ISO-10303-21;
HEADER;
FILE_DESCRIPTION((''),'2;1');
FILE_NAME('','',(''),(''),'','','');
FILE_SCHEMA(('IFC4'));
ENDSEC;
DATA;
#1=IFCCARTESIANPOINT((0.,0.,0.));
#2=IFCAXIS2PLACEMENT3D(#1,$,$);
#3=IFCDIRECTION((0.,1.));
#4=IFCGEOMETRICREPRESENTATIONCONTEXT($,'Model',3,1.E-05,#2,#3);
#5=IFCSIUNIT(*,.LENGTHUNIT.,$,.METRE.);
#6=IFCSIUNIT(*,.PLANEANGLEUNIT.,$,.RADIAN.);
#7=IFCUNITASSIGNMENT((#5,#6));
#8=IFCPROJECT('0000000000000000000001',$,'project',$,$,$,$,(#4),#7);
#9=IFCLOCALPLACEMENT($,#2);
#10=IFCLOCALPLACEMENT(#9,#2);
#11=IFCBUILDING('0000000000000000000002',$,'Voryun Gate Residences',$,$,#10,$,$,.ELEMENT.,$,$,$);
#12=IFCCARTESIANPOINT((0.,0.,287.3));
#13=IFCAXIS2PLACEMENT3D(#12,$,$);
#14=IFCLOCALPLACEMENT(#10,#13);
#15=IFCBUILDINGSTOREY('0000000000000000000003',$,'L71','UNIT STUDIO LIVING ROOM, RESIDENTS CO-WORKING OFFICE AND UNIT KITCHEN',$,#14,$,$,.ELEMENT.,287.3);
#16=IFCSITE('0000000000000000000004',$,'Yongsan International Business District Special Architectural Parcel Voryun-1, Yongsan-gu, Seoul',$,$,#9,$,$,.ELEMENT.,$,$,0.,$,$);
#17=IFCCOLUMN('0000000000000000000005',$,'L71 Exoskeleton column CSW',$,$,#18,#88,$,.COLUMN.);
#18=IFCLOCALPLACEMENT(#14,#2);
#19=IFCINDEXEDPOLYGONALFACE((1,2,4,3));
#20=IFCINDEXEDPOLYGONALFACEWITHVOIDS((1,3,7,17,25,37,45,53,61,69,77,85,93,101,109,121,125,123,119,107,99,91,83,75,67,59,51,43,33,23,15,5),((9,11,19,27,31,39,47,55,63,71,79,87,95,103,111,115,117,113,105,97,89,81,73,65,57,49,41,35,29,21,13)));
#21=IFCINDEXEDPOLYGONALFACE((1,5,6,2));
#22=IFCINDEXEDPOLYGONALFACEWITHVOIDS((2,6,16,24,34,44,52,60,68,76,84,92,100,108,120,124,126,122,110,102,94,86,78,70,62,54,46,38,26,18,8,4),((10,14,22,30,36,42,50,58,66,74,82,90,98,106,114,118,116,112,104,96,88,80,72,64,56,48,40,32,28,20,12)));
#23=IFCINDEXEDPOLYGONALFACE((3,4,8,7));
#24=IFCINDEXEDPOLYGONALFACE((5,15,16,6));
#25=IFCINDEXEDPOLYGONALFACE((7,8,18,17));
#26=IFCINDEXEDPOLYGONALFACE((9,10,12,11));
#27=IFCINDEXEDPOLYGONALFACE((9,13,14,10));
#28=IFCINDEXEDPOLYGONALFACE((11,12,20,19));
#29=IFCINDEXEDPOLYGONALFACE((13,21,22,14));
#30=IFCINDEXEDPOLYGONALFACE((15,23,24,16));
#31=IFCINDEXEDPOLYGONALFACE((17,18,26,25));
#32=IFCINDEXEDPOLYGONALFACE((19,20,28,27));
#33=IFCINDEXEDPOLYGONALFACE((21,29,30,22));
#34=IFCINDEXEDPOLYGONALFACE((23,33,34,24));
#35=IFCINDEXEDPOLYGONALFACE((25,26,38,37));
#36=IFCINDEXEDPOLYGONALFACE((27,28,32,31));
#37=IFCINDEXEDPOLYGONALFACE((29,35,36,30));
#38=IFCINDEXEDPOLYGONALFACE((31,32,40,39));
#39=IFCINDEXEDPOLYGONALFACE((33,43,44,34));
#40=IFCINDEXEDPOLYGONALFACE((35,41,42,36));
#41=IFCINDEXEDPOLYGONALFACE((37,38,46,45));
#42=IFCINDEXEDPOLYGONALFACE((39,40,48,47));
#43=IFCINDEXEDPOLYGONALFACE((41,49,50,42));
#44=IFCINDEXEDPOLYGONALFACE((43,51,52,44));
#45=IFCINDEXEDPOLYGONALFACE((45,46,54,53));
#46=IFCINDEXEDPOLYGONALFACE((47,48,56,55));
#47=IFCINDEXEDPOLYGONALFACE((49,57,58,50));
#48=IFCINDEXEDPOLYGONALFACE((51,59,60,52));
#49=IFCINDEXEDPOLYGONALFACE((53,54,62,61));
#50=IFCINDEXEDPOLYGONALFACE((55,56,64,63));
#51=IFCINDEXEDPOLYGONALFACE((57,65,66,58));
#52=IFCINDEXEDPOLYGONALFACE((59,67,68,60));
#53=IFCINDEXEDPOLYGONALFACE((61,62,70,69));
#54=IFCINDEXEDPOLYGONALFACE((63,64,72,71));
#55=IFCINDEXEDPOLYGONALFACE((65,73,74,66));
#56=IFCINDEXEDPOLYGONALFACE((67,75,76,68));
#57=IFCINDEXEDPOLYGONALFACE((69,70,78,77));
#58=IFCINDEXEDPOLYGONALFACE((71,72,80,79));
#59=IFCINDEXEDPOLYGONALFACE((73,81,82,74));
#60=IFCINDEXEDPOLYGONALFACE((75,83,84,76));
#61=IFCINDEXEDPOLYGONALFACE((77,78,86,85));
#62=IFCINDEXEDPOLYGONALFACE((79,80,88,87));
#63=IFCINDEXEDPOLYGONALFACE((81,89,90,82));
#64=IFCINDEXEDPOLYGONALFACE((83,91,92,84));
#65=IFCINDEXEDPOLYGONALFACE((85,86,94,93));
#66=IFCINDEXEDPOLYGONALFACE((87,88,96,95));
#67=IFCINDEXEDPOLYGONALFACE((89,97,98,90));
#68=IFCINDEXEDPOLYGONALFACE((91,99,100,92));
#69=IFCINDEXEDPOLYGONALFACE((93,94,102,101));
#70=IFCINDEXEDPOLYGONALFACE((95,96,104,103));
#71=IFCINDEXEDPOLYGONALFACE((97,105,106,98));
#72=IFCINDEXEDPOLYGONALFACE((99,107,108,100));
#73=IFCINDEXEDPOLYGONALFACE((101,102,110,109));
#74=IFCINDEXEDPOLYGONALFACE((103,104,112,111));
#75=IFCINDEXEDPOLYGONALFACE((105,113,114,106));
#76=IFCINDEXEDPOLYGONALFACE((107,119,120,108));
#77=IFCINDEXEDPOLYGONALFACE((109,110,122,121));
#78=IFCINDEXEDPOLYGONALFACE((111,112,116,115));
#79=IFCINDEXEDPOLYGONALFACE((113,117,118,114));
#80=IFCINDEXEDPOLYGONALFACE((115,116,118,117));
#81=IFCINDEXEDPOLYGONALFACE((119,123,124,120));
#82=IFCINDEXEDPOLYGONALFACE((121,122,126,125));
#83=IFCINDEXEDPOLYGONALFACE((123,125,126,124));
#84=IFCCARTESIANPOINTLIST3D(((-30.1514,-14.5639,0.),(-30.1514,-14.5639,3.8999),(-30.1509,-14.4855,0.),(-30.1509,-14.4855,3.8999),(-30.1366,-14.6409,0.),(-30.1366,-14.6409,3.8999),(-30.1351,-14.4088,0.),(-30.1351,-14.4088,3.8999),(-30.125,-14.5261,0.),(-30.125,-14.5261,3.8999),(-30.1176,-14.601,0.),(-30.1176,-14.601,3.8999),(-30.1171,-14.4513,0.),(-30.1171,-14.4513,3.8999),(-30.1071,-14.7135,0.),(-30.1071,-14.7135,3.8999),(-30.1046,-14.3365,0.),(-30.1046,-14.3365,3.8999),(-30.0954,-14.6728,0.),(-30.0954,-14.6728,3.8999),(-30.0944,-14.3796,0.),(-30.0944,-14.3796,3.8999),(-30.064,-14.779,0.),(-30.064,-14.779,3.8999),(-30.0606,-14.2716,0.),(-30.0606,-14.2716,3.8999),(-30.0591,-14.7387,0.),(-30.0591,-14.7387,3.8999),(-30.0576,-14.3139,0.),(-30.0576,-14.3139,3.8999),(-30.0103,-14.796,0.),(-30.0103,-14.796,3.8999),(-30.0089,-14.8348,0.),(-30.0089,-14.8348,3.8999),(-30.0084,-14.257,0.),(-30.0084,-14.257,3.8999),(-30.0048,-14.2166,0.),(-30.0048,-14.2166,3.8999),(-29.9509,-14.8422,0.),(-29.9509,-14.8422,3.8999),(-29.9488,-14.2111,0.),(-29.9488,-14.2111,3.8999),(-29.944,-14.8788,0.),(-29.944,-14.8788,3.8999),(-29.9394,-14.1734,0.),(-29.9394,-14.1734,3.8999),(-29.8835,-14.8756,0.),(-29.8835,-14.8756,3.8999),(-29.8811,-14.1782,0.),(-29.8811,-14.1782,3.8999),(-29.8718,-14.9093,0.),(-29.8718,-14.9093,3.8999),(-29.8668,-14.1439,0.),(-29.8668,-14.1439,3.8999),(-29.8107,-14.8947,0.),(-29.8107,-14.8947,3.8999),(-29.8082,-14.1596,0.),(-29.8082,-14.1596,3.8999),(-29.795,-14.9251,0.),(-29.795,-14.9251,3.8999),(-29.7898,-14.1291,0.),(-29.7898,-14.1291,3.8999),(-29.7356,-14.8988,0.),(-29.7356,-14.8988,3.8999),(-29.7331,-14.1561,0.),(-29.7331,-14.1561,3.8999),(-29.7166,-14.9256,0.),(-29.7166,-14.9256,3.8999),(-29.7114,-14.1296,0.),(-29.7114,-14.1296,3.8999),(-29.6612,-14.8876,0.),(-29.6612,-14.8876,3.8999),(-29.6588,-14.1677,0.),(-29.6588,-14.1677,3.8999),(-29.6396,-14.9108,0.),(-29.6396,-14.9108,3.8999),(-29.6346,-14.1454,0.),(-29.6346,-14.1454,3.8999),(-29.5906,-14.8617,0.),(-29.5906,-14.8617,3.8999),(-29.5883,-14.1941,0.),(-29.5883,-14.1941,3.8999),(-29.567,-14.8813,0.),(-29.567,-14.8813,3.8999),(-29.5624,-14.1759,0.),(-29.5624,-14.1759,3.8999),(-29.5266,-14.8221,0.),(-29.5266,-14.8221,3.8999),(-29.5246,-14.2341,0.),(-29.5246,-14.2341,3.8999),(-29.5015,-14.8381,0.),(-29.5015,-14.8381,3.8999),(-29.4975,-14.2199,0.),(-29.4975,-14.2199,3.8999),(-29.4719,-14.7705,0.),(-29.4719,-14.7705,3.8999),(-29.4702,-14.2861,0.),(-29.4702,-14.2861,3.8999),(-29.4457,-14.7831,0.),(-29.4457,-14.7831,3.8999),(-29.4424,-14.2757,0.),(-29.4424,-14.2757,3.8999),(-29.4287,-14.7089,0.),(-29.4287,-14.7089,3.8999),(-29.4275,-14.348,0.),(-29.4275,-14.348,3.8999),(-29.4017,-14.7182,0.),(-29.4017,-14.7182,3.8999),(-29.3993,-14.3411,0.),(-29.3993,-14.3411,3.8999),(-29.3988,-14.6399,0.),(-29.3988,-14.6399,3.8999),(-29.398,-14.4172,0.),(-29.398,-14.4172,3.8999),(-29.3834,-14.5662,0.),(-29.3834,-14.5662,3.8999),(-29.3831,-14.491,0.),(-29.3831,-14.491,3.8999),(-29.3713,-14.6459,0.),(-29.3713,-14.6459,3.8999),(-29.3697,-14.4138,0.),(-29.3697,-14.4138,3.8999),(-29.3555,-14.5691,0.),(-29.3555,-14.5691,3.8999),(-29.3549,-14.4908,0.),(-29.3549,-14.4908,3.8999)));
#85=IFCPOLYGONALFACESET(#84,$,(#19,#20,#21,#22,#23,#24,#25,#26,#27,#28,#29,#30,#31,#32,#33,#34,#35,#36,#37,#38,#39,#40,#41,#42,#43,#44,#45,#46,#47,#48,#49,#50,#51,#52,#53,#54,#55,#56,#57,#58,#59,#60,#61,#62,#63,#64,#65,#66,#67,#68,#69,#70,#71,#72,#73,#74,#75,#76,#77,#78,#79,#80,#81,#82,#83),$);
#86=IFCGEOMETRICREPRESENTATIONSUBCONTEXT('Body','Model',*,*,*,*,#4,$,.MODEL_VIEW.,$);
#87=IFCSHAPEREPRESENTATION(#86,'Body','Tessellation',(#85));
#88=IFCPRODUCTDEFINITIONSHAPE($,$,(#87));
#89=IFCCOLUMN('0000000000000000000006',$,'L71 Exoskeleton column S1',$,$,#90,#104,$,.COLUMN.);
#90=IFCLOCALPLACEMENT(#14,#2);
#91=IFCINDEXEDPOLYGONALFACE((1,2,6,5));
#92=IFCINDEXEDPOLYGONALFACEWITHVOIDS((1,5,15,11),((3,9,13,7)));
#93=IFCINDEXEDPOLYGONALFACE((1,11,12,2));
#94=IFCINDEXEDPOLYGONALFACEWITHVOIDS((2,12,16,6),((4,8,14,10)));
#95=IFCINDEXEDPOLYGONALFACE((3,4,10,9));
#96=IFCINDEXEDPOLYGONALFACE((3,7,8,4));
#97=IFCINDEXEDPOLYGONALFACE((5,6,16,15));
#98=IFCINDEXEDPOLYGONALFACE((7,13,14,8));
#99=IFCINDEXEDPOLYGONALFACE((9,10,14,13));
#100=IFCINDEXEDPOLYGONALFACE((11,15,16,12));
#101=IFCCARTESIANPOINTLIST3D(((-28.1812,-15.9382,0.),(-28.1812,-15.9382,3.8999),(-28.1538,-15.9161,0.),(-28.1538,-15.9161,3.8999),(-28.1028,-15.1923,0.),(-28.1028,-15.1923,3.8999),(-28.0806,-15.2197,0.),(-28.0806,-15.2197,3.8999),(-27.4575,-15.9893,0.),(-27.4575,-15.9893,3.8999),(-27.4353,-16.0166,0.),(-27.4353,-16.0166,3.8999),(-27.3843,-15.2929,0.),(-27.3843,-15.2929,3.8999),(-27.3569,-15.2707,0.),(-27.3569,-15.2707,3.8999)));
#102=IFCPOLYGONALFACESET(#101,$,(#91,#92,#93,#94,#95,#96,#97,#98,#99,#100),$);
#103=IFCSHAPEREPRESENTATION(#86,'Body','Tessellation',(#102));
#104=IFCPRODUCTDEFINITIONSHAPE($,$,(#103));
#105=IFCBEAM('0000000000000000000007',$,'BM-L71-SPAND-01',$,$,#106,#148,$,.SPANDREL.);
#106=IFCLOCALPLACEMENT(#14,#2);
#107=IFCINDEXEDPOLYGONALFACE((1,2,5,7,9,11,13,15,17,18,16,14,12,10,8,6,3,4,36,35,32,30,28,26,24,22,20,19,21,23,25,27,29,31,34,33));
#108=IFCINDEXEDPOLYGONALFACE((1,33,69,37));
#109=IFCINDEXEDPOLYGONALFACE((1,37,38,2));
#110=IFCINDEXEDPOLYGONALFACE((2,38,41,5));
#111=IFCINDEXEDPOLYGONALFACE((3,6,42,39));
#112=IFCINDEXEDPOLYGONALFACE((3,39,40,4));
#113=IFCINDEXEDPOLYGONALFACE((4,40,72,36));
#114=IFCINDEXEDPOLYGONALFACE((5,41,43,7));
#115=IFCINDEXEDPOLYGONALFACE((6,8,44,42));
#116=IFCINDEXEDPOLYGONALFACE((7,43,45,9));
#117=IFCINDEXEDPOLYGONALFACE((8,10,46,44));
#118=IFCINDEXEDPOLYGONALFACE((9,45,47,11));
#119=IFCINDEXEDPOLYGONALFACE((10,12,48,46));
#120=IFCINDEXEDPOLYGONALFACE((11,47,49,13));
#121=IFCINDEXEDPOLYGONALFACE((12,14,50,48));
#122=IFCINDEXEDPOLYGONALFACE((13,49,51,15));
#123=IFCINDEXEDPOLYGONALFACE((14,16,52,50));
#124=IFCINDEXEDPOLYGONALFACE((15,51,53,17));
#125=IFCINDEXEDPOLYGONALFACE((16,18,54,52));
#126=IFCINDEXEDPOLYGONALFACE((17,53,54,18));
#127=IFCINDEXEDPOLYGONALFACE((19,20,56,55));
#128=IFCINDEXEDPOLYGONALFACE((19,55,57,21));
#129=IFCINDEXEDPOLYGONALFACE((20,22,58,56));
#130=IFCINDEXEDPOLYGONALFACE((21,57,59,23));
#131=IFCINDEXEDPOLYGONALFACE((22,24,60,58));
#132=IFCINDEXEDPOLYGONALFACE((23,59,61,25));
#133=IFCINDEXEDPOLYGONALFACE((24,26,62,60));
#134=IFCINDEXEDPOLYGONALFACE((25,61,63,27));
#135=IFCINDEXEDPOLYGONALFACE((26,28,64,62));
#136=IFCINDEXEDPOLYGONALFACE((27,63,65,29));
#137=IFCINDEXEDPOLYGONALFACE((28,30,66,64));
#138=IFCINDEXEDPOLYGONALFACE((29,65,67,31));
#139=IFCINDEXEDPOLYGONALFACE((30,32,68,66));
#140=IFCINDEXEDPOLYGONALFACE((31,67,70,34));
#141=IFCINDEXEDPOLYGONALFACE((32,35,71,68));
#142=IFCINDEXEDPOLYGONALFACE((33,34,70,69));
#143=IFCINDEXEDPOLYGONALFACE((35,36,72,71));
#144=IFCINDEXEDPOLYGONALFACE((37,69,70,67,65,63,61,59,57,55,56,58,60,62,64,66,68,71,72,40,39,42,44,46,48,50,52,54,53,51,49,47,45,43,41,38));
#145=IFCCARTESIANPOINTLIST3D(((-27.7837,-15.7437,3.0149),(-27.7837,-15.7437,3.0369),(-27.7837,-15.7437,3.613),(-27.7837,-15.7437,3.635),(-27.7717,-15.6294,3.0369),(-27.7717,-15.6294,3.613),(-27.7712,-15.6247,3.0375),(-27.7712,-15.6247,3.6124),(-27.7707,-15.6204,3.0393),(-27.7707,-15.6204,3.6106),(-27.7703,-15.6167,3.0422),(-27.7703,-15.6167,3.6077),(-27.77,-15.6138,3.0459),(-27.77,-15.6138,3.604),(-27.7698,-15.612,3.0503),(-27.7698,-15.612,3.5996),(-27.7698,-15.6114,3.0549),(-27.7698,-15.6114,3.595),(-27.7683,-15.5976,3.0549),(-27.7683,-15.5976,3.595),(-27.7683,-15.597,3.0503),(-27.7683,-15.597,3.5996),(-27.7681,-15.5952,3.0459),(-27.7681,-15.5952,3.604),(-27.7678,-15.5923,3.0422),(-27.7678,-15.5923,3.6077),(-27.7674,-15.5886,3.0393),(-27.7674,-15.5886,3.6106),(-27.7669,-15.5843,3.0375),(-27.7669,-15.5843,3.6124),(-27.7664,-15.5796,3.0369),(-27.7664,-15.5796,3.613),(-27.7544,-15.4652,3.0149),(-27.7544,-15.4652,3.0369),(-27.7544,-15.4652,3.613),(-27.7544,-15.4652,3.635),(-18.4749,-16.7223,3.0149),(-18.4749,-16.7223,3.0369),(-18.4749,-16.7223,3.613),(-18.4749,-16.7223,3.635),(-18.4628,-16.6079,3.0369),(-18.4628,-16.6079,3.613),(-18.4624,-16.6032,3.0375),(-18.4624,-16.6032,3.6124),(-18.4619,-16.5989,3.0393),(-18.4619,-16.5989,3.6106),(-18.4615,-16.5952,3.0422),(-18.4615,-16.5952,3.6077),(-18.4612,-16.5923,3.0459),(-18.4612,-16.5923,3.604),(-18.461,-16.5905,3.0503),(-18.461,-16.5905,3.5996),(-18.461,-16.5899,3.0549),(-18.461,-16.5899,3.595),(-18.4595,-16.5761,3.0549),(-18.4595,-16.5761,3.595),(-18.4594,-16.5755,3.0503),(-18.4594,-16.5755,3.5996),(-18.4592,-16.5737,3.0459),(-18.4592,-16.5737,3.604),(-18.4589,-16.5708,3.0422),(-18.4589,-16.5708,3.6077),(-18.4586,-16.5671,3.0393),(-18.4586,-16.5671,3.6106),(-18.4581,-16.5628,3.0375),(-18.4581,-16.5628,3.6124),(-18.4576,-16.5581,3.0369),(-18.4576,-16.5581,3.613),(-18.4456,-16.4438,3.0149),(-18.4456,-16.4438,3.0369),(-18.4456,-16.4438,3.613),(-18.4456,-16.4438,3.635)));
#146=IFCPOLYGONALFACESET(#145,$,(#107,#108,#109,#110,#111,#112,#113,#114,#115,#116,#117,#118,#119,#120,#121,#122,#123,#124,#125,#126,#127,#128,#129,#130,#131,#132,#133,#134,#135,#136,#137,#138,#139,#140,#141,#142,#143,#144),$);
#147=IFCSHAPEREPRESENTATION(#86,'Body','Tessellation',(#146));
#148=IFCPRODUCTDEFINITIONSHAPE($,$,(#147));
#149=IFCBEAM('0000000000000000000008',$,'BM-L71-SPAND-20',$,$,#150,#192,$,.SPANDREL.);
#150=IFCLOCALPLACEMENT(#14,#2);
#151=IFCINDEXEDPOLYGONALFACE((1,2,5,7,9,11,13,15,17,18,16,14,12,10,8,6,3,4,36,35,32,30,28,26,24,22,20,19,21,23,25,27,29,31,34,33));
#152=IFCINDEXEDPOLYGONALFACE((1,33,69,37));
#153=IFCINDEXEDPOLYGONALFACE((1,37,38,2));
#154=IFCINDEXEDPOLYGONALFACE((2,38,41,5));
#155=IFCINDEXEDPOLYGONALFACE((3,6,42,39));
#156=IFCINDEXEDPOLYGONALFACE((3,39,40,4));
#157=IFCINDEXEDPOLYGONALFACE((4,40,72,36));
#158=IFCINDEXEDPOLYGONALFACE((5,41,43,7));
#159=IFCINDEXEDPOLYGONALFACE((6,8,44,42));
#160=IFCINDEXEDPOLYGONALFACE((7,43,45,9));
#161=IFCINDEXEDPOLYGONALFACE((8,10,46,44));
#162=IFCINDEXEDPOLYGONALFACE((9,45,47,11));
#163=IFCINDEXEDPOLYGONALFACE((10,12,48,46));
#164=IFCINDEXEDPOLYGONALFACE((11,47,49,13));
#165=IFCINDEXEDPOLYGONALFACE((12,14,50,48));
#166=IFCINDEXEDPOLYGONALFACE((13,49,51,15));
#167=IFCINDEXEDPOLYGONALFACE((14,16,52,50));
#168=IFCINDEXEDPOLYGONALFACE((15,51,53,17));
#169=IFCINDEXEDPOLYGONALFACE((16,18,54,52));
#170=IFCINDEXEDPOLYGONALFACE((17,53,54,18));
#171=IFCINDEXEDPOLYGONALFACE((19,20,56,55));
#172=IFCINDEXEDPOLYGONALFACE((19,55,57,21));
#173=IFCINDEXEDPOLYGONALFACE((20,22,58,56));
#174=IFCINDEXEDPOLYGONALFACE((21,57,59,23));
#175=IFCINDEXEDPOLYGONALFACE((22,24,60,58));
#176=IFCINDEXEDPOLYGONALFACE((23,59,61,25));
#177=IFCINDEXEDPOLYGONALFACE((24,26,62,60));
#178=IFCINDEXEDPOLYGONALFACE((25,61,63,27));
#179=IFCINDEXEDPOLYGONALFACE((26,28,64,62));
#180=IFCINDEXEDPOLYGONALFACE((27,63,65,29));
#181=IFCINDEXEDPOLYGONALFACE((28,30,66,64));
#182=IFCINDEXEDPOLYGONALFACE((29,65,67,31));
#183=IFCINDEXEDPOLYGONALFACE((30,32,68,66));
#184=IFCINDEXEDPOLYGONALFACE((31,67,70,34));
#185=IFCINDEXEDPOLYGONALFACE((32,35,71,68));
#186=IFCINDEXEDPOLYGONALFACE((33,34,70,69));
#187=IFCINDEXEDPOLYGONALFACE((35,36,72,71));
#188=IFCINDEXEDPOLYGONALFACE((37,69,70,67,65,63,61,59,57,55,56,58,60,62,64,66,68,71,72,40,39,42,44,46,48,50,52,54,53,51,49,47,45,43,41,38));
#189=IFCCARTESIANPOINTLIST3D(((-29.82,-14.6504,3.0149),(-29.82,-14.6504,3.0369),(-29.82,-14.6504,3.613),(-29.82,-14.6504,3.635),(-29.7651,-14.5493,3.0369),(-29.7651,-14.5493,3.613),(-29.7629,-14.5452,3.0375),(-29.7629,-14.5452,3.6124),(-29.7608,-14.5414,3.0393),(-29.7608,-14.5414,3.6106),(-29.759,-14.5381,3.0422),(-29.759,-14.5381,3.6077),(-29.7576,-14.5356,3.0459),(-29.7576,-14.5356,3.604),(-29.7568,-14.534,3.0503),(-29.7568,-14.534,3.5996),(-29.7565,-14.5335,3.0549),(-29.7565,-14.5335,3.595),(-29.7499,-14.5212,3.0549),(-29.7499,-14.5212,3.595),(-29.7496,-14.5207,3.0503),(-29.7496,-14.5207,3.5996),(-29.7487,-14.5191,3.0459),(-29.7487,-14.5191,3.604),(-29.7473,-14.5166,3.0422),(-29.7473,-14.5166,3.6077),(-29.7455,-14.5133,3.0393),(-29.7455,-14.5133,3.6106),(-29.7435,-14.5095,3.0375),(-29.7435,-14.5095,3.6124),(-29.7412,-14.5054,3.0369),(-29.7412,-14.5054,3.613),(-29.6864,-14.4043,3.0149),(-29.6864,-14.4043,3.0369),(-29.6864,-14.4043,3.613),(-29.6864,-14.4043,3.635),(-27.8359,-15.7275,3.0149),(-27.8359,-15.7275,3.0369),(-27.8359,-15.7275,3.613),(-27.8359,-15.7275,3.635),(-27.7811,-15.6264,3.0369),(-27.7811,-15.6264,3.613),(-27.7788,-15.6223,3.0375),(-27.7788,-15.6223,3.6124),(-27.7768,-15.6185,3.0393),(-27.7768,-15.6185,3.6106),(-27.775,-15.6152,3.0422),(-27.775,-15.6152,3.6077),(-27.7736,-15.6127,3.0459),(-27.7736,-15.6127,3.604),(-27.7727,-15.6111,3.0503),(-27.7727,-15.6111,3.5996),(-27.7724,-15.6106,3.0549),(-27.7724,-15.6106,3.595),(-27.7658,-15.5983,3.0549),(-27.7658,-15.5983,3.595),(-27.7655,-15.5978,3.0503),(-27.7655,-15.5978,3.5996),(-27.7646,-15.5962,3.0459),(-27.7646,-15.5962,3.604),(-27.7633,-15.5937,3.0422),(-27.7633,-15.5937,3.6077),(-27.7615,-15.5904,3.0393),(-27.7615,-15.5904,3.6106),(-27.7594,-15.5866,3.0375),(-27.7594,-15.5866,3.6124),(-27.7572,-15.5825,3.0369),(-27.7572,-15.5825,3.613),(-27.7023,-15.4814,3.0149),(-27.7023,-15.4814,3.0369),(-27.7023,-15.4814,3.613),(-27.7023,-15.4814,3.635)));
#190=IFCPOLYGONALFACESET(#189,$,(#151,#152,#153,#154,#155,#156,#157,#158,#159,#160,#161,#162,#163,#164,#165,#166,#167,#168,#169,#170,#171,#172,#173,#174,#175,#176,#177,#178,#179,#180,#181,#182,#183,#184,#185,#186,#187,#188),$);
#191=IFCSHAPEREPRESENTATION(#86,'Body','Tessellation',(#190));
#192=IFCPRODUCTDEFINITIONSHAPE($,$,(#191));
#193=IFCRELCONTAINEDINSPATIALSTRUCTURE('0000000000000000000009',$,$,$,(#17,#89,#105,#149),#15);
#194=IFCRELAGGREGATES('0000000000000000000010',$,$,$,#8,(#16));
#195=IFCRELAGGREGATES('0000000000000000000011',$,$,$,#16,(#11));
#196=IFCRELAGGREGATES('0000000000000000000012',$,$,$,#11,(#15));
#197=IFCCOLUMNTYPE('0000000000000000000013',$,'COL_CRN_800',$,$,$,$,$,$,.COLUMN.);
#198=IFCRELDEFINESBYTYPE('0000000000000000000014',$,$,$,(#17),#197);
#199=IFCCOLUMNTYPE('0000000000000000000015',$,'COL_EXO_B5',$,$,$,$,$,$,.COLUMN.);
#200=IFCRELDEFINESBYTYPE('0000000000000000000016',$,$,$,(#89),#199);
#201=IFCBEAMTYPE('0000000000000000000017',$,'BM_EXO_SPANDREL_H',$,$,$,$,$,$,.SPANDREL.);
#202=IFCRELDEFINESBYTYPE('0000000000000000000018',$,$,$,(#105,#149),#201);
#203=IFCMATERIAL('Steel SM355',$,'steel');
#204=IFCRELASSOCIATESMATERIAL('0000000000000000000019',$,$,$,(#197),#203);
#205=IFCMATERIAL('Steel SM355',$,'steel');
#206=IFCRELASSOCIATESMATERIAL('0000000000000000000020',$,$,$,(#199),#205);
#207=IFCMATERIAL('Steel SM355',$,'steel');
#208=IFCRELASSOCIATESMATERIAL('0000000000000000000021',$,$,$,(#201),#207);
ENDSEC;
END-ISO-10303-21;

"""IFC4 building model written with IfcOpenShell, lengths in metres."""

from ifc_helpers import new_model, si_unit, direction, frame, origin, origin_2d, place, context, subcontext, project, spatial, hollow_rectangle, hollow_circle, i_section, extrude, material, material_profile, profile_set, type_object, element, save


model = new_model("IFC4")

# Units and contexts
model_context = context("Model", 3, precision=1e-05, world=origin(), true_north=direction((0.0, 1.0)))
body_context = subcontext(model_context, "Body", "Model", "MODEL_VIEW")
ifc_project = project(units=[si_unit("LENGTHUNIT", "METRE"), si_unit("PLANEANGLEUNIT", "RADIAN")], contexts=[model_context])

# Site, building, storey
site_placement = place(None, origin())
site = spatial("IfcSite", under=ifc_project, at=site_placement, Name="Yongsan International Business District Special Architectural Parcel Voryun-1, Yongsan-gu, Seoul", CompositionType="ELEMENT", RefElevation=0.0)
building_placement = place(site_placement, origin())
building = spatial("IfcBuilding", under=site, at=building_placement, Name="Voryun Gate Residences", CompositionType="ELEMENT")
storey_placement = place(building_placement, frame((0.0, 0.0, 287.3)))
storey = spatial("IfcBuildingStorey", under=building, at=storey_placement, Name="L71", Description="UNIT STUDIO LIVING ROOM, RESIDENTS CO-WORKING OFFICE AND UNIT KITCHEN", CompositionType="ELEMENT", Elevation=287.3)

# Columns
ifc_material_1 = material(Name="Steel SM355", Category="steel")
ifc_material_profile_1 = material_profile(ifc_material_1, hollow_circle(Radius=0.3999, WallThickness=0.0281, at=origin_2d()), Name="CHS-800x28")
ifc_profile_set_1 = profile_set([ifc_material_profile_1], Name="Steel SM355")
column_type_1 = type_object("IfcColumnType", Name="COL_CRN_800", PredefinedType="COLUMN", material=ifc_profile_set_1)
column_1_placement = place(storey_placement, frame((-29.7532, -14.5273, 0.0), z_axis=(0.0, 0.0, 1.0), x_axis=(0.994522, -0.104528, 0.0)))
element("IfcColumn", 1, at=column_1_placement, inside=storey, type_object=column_type_1, Name="L71 Exoskeleton column CSW", PredefinedType="COLUMN", context=body_context, shape_type="SweptSolid", body=[
    extrude(hollow_circle(Radius=0.3999, WallThickness=0.0281, at=origin_2d()), origin(), (0.0, 0.0, 1.0), 3.8999),
])
ifc_material_2 = material(Name="Steel SM355", Category="steel")
ifc_material_profile_2 = material_profile(ifc_material_2, hollow_rectangle(XDim=0.75, YDim=0.75, WallThickness=0.0249, at=origin_2d()), Name="BOX-750x750x25")
ifc_profile_set_2 = profile_set([ifc_material_profile_2], Name="Steel SM355")
column_type_2 = type_object("IfcColumnType", Name="COL_EXO_B5", PredefinedType="COLUMN", material=ifc_profile_set_2)
column_2_placement = place(storey_placement, frame((-27.769, -15.6045, 0.0), z_axis=(0.0, 0.0, 1.0), x_axis=(0.994522, -0.104528, 0.0)))
element("IfcColumn", 2, at=column_2_placement, inside=storey, type_object=column_type_2, Name="L71 Exoskeleton column S1", PredefinedType="COLUMN", context=body_context, shape_type="SweptSolid", body=[
    extrude(hollow_rectangle(XDim=0.75, YDim=0.75, WallThickness=0.0249, at=origin_2d()), origin(), (0.0, 0.0, 1.0), 3.8999),
])

# Beams
ifc_material_3 = material(Name="Steel SM355", Category="steel")
ifc_material_profile_3 = material_profile(ifc_material_3, i_section(OverallWidth=0.28, OverallDepth=0.6201, WebThickness=0.0139, FlangeThickness=0.022, FilletRadius=0.0181, at=origin_2d()), Name="H-620x280x14x22")
ifc_profile_set_3 = profile_set([ifc_material_profile_3], Name="Steel SM355")
beam_type = type_object("IfcBeamType", Name="BM_EXO_SPANDREL_H", PredefinedType="SPANDREL", material=ifc_profile_set_3)
beam_1_placement = place(storey_placement, frame((-27.769, -15.6045, 3.325), z_axis=(0.994521, -0.104541, 0.0), x_axis=(0.104541, 0.994521, 0.0)))
element("IfcBeam", 3, at=beam_1_placement, inside=storey, type_object=beam_type, Name="BM-L71-SPAND-01", PredefinedType="SPANDREL", context=body_context, shape_type="SweptSolid", body=[
    extrude(i_section(OverallWidth=0.28, OverallDepth=0.6201, WebThickness=0.0139, FlangeThickness=0.022, FilletRadius=0.0181, at=origin_2d()), origin(), (0.0, 0.0, 1.0), 9.3601),
])
beam_2_placement = place(storey_placement, frame((-29.7532, -14.5273, 3.325), z_axis=(0.878844, -0.477109, 0.0), x_axis=(0.477109, 0.878844, 0.0)))
element("IfcBeam", 4, at=beam_2_placement, inside=storey, type_object=beam_type, Name="BM-L71-SPAND-20", PredefinedType="SPANDREL", context=body_context, shape_type="SweptSolid", body=[
    extrude(i_section(OverallWidth=0.28, OverallDepth=0.6201, WebThickness=0.0139, FlangeThickness=0.022, FilletRadius=0.0181, at=origin_2d()), origin(), (0.0, 0.0, 1.0), 2.2576),
])

save(model, "model.ifc")
